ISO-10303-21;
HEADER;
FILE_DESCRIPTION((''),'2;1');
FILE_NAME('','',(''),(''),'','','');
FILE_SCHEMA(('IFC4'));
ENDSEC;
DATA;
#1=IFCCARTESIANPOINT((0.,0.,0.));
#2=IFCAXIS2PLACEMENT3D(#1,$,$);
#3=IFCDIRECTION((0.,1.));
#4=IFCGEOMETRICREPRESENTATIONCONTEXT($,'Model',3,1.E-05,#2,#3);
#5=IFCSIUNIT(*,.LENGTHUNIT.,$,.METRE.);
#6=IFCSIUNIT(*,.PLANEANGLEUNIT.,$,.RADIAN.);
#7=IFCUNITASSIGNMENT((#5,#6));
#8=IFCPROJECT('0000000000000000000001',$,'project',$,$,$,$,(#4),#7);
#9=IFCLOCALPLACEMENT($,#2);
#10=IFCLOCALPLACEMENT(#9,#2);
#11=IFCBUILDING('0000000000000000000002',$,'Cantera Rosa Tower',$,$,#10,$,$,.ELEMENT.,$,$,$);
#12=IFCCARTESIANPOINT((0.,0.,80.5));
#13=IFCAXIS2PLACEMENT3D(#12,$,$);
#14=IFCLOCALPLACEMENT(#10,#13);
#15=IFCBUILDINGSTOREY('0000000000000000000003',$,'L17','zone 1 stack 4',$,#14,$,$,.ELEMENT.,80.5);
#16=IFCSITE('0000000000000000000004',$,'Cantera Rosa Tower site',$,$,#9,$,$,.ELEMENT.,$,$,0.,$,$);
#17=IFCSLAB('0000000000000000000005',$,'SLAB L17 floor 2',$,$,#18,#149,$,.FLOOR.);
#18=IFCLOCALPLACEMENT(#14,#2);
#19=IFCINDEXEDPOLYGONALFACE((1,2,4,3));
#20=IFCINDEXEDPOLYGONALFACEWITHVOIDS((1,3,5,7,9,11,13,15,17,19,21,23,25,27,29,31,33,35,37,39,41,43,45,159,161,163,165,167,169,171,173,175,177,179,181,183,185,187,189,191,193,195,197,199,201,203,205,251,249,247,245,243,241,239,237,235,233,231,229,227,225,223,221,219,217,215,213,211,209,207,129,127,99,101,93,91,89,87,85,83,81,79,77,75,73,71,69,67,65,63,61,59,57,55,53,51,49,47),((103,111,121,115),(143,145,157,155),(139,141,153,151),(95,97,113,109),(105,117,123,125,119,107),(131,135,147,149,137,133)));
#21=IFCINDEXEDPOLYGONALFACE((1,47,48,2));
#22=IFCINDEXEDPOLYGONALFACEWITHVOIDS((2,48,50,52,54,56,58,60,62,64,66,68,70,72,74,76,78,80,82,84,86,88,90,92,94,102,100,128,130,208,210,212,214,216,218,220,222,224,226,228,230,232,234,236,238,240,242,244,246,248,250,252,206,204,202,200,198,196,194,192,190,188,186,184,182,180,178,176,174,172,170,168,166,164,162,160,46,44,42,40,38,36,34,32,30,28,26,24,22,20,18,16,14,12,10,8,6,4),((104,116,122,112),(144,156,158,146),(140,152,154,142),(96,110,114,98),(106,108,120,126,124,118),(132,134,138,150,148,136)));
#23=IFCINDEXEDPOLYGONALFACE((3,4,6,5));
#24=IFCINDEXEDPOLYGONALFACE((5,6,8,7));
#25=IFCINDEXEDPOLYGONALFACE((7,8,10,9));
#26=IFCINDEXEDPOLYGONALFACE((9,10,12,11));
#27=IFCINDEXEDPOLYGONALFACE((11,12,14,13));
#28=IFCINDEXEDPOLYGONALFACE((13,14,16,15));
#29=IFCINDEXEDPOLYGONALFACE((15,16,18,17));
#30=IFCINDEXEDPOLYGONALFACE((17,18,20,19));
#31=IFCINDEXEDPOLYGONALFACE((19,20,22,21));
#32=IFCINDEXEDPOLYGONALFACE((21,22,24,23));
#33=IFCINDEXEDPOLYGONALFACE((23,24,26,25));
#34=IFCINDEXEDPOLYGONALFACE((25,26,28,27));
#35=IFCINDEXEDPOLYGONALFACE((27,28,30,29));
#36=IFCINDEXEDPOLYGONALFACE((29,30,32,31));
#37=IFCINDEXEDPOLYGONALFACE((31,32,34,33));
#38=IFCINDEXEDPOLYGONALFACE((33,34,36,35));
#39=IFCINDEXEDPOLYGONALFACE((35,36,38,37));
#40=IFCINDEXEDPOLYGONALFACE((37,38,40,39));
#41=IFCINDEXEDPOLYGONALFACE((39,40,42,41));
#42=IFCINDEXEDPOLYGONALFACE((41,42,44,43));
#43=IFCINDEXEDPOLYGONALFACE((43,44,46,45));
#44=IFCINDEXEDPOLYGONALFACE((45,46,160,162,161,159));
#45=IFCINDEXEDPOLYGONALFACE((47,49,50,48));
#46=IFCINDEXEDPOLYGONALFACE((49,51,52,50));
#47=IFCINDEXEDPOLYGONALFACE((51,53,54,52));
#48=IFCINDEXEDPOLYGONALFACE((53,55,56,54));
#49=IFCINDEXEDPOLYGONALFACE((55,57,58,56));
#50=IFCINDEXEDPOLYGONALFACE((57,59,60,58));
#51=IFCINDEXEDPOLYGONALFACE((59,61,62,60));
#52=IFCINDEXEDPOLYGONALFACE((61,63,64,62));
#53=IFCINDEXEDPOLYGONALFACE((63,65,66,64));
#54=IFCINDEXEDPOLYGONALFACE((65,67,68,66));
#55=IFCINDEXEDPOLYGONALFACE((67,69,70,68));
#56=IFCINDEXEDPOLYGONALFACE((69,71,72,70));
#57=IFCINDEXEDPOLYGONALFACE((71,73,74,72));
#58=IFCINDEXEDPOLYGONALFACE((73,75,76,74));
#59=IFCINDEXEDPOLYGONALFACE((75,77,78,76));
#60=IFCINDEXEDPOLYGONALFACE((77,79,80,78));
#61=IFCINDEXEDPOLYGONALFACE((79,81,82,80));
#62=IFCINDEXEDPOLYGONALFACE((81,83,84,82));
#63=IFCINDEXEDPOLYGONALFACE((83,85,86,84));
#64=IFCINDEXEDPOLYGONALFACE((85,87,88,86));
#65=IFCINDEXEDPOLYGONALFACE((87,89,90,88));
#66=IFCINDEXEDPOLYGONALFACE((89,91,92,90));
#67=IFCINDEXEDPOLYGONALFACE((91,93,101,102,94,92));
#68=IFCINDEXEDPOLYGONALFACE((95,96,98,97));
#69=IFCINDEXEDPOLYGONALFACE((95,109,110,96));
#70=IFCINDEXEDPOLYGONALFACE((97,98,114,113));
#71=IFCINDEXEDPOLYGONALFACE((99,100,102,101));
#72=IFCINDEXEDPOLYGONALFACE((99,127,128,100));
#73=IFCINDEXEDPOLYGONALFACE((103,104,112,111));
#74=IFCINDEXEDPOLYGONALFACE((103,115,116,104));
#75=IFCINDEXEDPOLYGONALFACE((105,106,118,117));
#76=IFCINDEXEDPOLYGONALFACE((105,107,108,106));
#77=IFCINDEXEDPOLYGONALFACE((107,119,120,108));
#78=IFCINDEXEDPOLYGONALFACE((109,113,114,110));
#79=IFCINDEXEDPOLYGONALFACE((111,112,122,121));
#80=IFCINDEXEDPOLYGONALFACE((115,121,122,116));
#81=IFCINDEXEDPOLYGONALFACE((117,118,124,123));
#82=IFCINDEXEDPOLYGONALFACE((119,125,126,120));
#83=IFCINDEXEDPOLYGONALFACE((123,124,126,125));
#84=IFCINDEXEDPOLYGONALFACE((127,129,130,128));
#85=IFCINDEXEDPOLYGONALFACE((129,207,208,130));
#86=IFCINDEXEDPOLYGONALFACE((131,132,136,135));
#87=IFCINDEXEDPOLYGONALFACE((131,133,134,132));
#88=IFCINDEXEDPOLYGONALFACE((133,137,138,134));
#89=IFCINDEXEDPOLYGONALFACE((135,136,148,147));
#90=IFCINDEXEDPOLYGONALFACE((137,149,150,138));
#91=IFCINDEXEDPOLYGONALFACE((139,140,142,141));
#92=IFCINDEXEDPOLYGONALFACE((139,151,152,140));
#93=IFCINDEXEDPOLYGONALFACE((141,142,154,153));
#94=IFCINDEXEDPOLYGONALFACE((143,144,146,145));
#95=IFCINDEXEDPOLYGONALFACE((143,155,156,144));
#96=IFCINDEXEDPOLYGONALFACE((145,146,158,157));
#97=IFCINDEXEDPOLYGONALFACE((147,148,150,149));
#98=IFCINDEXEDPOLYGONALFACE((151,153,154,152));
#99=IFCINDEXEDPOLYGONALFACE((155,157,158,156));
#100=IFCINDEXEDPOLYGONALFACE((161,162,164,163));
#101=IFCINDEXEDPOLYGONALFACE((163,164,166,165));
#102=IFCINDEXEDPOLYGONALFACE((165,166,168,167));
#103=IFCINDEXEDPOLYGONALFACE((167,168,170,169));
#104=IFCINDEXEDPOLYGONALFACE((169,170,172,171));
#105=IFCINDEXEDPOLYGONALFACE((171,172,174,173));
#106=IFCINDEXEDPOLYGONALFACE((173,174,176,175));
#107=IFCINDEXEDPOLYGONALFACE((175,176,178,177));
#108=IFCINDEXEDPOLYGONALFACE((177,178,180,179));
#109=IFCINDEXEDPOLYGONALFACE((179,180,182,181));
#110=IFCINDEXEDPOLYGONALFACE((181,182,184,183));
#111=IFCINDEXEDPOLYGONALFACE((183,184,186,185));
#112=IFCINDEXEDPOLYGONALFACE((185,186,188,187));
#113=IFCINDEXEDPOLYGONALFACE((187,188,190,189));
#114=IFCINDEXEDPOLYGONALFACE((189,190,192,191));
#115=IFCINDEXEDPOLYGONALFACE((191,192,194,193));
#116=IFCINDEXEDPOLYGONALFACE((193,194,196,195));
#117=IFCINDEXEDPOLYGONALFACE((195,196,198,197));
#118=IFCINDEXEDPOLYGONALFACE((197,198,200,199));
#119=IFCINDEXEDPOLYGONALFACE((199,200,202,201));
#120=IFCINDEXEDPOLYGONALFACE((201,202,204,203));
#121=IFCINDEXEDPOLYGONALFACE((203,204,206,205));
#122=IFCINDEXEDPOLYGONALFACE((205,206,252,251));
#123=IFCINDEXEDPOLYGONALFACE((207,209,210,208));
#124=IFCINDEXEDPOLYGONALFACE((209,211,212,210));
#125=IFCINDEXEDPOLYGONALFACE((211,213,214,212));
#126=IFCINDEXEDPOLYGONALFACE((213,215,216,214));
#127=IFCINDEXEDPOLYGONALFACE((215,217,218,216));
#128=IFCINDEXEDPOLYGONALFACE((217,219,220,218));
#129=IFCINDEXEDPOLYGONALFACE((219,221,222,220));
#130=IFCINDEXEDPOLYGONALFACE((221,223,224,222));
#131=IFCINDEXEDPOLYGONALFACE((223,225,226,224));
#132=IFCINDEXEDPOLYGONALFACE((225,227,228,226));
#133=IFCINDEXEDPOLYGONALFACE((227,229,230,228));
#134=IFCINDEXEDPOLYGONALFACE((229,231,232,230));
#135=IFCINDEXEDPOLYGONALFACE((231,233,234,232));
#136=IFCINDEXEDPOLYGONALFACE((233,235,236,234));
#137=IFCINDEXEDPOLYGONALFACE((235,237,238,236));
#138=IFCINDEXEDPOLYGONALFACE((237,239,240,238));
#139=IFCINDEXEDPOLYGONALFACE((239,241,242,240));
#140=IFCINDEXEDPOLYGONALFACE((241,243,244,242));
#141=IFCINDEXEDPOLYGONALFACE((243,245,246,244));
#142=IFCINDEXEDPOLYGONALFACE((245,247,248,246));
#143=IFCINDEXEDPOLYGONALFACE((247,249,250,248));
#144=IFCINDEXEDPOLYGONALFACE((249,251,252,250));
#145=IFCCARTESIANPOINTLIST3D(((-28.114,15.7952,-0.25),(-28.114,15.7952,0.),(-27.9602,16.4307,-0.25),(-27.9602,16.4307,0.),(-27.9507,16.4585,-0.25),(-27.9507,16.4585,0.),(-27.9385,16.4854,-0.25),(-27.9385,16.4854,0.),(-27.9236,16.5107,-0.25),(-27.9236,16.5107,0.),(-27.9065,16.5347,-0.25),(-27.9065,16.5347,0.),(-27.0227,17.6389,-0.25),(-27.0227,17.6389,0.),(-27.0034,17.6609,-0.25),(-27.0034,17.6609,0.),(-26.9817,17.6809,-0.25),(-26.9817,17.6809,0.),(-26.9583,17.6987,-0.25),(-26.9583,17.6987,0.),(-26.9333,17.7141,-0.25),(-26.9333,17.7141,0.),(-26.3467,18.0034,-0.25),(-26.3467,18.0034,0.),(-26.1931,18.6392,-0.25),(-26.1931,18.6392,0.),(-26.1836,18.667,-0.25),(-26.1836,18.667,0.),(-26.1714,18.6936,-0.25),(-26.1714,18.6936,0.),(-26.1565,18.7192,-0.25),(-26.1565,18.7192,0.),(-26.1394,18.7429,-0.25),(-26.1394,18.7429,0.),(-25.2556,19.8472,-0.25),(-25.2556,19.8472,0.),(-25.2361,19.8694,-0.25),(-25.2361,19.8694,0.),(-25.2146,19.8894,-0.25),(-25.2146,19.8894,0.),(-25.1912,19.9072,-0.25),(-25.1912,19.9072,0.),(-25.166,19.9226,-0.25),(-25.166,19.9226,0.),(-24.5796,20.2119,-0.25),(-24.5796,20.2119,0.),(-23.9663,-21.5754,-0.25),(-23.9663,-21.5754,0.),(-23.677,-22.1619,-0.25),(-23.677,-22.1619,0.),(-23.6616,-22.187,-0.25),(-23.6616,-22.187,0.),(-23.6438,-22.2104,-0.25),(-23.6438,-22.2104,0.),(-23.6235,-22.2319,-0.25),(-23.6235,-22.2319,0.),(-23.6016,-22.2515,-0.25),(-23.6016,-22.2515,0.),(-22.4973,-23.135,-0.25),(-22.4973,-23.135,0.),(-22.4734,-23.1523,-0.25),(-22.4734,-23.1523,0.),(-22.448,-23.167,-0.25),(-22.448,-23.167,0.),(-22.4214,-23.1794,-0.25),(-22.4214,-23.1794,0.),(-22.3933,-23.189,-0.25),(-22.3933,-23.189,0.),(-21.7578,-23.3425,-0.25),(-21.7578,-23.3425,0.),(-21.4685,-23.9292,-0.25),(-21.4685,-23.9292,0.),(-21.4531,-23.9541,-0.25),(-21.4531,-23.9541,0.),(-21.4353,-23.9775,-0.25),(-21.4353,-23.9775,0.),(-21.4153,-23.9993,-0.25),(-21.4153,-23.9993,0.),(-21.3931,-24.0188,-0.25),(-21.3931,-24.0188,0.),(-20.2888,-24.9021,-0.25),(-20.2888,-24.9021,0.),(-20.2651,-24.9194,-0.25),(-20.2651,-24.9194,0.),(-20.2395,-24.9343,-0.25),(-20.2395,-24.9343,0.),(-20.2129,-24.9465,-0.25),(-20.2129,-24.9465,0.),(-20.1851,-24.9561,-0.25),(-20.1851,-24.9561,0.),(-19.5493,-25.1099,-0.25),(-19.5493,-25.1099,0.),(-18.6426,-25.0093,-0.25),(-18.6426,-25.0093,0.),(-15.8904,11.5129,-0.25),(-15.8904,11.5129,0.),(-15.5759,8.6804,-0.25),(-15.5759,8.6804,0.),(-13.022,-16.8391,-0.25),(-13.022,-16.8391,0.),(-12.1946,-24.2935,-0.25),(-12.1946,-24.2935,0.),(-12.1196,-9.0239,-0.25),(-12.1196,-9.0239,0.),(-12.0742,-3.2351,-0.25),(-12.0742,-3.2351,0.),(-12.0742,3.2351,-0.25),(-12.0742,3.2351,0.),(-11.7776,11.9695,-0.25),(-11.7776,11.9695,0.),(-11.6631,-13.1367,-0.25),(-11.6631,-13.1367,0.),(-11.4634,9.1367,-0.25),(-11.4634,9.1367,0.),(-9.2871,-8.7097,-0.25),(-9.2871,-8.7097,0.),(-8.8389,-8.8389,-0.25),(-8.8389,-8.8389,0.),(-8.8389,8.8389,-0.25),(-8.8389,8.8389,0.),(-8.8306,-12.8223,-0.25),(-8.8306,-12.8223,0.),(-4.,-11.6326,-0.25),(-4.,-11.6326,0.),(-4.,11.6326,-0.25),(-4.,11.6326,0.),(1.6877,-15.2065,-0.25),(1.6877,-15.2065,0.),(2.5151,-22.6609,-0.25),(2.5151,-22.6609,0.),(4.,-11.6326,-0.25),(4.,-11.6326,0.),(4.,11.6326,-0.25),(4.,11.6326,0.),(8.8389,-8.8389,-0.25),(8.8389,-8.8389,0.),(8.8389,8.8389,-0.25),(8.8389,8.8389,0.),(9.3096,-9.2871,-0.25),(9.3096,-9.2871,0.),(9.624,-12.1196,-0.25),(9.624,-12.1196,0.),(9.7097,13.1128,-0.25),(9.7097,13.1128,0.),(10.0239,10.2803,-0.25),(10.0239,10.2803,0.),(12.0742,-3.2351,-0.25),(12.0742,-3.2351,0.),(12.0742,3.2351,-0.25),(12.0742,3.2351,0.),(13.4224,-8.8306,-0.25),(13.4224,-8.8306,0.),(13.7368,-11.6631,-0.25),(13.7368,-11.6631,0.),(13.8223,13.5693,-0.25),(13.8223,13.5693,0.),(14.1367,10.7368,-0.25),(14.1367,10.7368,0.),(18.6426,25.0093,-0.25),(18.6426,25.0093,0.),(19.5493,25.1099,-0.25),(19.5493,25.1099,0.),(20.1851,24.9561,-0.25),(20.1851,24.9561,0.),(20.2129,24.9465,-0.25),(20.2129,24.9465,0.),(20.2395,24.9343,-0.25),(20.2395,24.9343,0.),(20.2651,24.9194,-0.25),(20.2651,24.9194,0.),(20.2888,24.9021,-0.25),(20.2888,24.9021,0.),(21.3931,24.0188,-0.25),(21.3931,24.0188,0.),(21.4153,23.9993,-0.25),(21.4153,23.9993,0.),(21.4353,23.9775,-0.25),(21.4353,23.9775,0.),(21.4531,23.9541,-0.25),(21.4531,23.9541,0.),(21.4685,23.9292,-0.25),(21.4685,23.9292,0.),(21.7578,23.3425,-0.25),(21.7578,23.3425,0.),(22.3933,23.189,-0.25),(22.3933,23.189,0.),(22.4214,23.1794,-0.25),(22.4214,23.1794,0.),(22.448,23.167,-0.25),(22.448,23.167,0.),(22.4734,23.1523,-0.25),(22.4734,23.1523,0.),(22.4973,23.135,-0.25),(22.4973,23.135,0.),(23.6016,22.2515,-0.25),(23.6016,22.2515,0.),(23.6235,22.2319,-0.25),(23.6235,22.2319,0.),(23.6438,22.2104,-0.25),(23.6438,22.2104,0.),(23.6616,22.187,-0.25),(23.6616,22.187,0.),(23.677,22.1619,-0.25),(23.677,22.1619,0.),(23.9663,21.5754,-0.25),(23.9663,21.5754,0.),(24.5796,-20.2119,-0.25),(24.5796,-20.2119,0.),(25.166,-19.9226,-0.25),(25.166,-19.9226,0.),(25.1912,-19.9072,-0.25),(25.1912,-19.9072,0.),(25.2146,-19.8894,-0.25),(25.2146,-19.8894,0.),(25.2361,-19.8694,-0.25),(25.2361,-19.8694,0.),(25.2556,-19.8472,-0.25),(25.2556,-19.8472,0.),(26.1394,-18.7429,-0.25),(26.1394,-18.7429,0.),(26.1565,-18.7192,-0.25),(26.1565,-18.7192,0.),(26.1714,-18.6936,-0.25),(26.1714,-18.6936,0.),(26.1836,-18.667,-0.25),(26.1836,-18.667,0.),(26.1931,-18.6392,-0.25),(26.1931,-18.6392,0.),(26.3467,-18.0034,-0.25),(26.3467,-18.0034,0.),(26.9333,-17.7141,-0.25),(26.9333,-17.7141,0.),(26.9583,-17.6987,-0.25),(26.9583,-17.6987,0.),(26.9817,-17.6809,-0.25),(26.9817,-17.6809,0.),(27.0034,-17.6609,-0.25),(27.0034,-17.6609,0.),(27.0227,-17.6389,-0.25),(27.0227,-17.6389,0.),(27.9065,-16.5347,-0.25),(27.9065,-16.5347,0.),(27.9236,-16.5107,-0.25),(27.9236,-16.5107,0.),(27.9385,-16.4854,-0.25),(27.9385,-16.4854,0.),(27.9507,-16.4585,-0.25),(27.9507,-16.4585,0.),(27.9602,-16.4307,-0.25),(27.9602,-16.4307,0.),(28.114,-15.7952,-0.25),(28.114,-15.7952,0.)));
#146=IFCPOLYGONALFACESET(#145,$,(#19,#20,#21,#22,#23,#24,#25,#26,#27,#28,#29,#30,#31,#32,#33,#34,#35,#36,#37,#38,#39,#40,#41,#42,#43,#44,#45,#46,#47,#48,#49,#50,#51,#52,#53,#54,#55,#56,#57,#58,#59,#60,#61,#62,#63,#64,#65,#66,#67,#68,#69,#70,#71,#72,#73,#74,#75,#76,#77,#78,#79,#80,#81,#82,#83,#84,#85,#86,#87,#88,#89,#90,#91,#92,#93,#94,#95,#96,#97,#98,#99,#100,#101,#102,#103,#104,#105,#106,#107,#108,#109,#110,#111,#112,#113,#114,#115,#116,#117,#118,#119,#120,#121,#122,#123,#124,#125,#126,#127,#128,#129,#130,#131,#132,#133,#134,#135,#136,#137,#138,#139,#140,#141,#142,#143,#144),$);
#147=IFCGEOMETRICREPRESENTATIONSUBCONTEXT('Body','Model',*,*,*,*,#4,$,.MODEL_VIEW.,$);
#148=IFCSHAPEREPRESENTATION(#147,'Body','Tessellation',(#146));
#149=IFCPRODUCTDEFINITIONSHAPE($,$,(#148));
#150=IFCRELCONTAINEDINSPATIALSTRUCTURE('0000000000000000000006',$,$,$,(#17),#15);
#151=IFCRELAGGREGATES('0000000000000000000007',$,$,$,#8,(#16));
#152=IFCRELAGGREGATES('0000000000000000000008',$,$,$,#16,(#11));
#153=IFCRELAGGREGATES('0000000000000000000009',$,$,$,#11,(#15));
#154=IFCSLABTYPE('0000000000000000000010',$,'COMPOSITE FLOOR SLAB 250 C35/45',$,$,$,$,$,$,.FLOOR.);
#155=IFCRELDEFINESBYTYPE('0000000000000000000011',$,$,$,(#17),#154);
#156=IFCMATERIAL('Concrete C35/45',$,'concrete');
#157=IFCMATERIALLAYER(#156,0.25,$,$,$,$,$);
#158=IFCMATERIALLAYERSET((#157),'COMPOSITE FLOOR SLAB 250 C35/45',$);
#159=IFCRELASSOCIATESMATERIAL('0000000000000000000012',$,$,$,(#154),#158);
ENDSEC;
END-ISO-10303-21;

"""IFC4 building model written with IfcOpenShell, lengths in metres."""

from ifc_helpers import new_model, si_unit, direction, frame, origin, place, context, subcontext, project, spatial, polyline, outline, extrude, material, layer, layer_set, type_object, element, save


model = new_model("IFC4")

# Units and contexts
model_context = context("Model", 3, precision=1e-05, world=origin(), true_north=direction((0.0, 1.0)))
body_context = subcontext(model_context, "Body", "Model", "MODEL_VIEW")
ifc_project = project(units=[si_unit("LENGTHUNIT", "METRE"), si_unit("PLANEANGLEUNIT", "RADIAN")], contexts=[model_context])

# Site, building, storey
site_placement = place(None, origin())
site = spatial("IfcSite", under=ifc_project, at=site_placement, Name="Cantera Rosa Tower site", CompositionType="ELEMENT", RefElevation=0.0)
building_placement = place(site_placement, origin())
building = spatial("IfcBuilding", under=site, at=building_placement, Name="Cantera Rosa Tower", CompositionType="ELEMENT")
storey_placement = place(building_placement, frame((0.0, 0.0, 80.5)))
storey = spatial("IfcBuildingStorey", under=building, at=storey_placement, Name="L17", Description="zone 1 stack 4", CompositionType="ELEMENT", Elevation=80.5)

# Slab
ifc_material_1 = material(Name="Concrete C35/45", Category="concrete")
ifc_layer_1 = layer(ifc_material_1, 0.25)
ifc_layer_set_1 = layer_set([ifc_layer_1], Name="COMPOSITE FLOOR SLAB 250 C35/45")
slab_type = type_object("IfcSlabType", Name="COMPOSITE FLOOR SLAB 250 C35/45", PredefinedType="FLOOR", material=ifc_layer_set_1)
slab_1_placement = place(storey_placement, frame((0.0, 0.0, -0.25)))
element("IfcSlab", 1, at=slab_1_placement, inside=storey, type_object=slab_type, Name="SLAB L17 floor 2", PredefinedType="FLOOR", context=body_context, shape_type="SweptSolid", body=[
    extrude(outline(polyline([(-20.2888, -24.9021), (-21.3931, -24.0188), (-21.4153, -23.9993), (-21.4353, -23.9775), (-21.4531, -23.9541), (-21.4685, -23.9292), (-21.7578, -23.3425), (-22.3933, -23.189), (-22.4214, -23.1794), (-22.448, -23.167), (-22.4734, -23.1523), (-22.4973, -23.135), (-23.6016, -22.2515), (-23.6235, -22.2319), (-23.6438, -22.2104), (-23.6616, -22.187), (-23.677, -22.1619), (-23.9663, -21.5754), (-28.114, 15.7952), (-27.9602, 16.4307), (-27.9507, 16.4585), (-27.9385, 16.4854), (-27.9236, 16.5107), (-27.9065, 16.5347), (-27.0227, 17.6389), (-27.0034, 17.6609), (-26.9817, 17.6809), (-26.9583, 17.6987), (-26.9333, 17.7141), (-26.3467, 18.0034), (-26.1931, 18.6392), (-26.1836, 18.667), (-26.1714, 18.6936), (-26.1565, 18.7192), (-26.1394, 18.7429), (-25.2556, 19.8472), (-25.2361, 19.8694), (-25.2146, 19.8894), (-25.1912, 19.9072), (-25.166, 19.9226), (-24.5796, 20.2119), (18.6426, 25.0093), (19.5493, 25.1099), (20.1851, 24.9561), (20.2129, 24.9465), (20.2395, 24.9343), (20.2651, 24.9194), (20.2888, 24.9021), (21.3931, 24.0188), (21.4153, 23.9993), (21.4353, 23.9775), (21.4531, 23.9541), (21.4685, 23.9292), (21.7578, 23.3425), (22.3933, 23.189), (22.4214, 23.1794), (22.448, 23.167), (22.4734, 23.1523), (22.4973, 23.135), (23.6016, 22.2515), (23.6235, 22.2319), (23.6438, 22.2104), (23.6616, 22.187), (23.677, 22.1619), (23.9663, 21.5754), (28.114, -15.7952), (27.9602, -16.4307), (27.9507, -16.4585), (27.9385, -16.4854), (27.9236, -16.5107), (27.9065, -16.5347), (27.0227, -17.6389), (27.0034, -17.6609), (26.9817, -17.6809), (26.9583, -17.6987), (26.9333, -17.7141), (26.3467, -18.0034), (26.1931, -18.6392), (26.1836, -18.667), (26.1714, -18.6936), (26.1565, -18.7192), (26.1394, -18.7429), (25.2556, -19.8472), (25.2361, -19.8694), (25.2146, -19.8894), (25.1912, -19.9072), (25.166, -19.9226), (24.5796, -20.2119), (2.5151, -22.6609), (1.6877, -15.2065), (-13.022, -16.8391), (-12.1946, -24.2935), (-18.6426, -25.0093), (-19.5493, -25.1099), (-20.1851, -24.9561), (-20.2129, -24.9465), (-20.2395, -24.9343), (-20.2651, -24.9194), (-20.2888, -24.9021)]), holes=[polyline([(-8.8306, -12.8223), (-9.2871, -8.7097), (-12.1196, -9.0239), (-11.6631, -13.1367), (-8.8306, -12.8223)]), polyline([(-8.8389, 8.8389), (-12.0742, 3.2351), (-12.0742, -3.2351), (-8.8389, -8.8389), (-4.0, -11.6326), (-4.0, 11.6326), (-8.8389, 8.8389)]), polyline([(-11.4634, 9.1367), (-11.7776, 11.9695), (-15.8904, 11.5129), (-15.5759, 8.6804), (-11.4634, 9.1367)]), polyline([(13.4224, -8.8306), (9.3096, -9.2871), (9.624, -12.1196), (13.7368, -11.6631), (13.4224, -8.8306)]), polyline([(8.8389, -8.8389), (12.0742, -3.2351), (12.0742, 3.2351), (8.8389, 8.8389), (4.0, 11.6326), (4.0, -11.6326), (8.8389, -8.8389)]), polyline([(14.1367, 10.7368), (13.8223, 13.5693), (9.7097, 13.1128), (10.0239, 10.2803), (14.1367, 10.7368)])]), origin(), (0.0, 0.0, 1.0), 0.25),
])

save(model, "model.ifc")
